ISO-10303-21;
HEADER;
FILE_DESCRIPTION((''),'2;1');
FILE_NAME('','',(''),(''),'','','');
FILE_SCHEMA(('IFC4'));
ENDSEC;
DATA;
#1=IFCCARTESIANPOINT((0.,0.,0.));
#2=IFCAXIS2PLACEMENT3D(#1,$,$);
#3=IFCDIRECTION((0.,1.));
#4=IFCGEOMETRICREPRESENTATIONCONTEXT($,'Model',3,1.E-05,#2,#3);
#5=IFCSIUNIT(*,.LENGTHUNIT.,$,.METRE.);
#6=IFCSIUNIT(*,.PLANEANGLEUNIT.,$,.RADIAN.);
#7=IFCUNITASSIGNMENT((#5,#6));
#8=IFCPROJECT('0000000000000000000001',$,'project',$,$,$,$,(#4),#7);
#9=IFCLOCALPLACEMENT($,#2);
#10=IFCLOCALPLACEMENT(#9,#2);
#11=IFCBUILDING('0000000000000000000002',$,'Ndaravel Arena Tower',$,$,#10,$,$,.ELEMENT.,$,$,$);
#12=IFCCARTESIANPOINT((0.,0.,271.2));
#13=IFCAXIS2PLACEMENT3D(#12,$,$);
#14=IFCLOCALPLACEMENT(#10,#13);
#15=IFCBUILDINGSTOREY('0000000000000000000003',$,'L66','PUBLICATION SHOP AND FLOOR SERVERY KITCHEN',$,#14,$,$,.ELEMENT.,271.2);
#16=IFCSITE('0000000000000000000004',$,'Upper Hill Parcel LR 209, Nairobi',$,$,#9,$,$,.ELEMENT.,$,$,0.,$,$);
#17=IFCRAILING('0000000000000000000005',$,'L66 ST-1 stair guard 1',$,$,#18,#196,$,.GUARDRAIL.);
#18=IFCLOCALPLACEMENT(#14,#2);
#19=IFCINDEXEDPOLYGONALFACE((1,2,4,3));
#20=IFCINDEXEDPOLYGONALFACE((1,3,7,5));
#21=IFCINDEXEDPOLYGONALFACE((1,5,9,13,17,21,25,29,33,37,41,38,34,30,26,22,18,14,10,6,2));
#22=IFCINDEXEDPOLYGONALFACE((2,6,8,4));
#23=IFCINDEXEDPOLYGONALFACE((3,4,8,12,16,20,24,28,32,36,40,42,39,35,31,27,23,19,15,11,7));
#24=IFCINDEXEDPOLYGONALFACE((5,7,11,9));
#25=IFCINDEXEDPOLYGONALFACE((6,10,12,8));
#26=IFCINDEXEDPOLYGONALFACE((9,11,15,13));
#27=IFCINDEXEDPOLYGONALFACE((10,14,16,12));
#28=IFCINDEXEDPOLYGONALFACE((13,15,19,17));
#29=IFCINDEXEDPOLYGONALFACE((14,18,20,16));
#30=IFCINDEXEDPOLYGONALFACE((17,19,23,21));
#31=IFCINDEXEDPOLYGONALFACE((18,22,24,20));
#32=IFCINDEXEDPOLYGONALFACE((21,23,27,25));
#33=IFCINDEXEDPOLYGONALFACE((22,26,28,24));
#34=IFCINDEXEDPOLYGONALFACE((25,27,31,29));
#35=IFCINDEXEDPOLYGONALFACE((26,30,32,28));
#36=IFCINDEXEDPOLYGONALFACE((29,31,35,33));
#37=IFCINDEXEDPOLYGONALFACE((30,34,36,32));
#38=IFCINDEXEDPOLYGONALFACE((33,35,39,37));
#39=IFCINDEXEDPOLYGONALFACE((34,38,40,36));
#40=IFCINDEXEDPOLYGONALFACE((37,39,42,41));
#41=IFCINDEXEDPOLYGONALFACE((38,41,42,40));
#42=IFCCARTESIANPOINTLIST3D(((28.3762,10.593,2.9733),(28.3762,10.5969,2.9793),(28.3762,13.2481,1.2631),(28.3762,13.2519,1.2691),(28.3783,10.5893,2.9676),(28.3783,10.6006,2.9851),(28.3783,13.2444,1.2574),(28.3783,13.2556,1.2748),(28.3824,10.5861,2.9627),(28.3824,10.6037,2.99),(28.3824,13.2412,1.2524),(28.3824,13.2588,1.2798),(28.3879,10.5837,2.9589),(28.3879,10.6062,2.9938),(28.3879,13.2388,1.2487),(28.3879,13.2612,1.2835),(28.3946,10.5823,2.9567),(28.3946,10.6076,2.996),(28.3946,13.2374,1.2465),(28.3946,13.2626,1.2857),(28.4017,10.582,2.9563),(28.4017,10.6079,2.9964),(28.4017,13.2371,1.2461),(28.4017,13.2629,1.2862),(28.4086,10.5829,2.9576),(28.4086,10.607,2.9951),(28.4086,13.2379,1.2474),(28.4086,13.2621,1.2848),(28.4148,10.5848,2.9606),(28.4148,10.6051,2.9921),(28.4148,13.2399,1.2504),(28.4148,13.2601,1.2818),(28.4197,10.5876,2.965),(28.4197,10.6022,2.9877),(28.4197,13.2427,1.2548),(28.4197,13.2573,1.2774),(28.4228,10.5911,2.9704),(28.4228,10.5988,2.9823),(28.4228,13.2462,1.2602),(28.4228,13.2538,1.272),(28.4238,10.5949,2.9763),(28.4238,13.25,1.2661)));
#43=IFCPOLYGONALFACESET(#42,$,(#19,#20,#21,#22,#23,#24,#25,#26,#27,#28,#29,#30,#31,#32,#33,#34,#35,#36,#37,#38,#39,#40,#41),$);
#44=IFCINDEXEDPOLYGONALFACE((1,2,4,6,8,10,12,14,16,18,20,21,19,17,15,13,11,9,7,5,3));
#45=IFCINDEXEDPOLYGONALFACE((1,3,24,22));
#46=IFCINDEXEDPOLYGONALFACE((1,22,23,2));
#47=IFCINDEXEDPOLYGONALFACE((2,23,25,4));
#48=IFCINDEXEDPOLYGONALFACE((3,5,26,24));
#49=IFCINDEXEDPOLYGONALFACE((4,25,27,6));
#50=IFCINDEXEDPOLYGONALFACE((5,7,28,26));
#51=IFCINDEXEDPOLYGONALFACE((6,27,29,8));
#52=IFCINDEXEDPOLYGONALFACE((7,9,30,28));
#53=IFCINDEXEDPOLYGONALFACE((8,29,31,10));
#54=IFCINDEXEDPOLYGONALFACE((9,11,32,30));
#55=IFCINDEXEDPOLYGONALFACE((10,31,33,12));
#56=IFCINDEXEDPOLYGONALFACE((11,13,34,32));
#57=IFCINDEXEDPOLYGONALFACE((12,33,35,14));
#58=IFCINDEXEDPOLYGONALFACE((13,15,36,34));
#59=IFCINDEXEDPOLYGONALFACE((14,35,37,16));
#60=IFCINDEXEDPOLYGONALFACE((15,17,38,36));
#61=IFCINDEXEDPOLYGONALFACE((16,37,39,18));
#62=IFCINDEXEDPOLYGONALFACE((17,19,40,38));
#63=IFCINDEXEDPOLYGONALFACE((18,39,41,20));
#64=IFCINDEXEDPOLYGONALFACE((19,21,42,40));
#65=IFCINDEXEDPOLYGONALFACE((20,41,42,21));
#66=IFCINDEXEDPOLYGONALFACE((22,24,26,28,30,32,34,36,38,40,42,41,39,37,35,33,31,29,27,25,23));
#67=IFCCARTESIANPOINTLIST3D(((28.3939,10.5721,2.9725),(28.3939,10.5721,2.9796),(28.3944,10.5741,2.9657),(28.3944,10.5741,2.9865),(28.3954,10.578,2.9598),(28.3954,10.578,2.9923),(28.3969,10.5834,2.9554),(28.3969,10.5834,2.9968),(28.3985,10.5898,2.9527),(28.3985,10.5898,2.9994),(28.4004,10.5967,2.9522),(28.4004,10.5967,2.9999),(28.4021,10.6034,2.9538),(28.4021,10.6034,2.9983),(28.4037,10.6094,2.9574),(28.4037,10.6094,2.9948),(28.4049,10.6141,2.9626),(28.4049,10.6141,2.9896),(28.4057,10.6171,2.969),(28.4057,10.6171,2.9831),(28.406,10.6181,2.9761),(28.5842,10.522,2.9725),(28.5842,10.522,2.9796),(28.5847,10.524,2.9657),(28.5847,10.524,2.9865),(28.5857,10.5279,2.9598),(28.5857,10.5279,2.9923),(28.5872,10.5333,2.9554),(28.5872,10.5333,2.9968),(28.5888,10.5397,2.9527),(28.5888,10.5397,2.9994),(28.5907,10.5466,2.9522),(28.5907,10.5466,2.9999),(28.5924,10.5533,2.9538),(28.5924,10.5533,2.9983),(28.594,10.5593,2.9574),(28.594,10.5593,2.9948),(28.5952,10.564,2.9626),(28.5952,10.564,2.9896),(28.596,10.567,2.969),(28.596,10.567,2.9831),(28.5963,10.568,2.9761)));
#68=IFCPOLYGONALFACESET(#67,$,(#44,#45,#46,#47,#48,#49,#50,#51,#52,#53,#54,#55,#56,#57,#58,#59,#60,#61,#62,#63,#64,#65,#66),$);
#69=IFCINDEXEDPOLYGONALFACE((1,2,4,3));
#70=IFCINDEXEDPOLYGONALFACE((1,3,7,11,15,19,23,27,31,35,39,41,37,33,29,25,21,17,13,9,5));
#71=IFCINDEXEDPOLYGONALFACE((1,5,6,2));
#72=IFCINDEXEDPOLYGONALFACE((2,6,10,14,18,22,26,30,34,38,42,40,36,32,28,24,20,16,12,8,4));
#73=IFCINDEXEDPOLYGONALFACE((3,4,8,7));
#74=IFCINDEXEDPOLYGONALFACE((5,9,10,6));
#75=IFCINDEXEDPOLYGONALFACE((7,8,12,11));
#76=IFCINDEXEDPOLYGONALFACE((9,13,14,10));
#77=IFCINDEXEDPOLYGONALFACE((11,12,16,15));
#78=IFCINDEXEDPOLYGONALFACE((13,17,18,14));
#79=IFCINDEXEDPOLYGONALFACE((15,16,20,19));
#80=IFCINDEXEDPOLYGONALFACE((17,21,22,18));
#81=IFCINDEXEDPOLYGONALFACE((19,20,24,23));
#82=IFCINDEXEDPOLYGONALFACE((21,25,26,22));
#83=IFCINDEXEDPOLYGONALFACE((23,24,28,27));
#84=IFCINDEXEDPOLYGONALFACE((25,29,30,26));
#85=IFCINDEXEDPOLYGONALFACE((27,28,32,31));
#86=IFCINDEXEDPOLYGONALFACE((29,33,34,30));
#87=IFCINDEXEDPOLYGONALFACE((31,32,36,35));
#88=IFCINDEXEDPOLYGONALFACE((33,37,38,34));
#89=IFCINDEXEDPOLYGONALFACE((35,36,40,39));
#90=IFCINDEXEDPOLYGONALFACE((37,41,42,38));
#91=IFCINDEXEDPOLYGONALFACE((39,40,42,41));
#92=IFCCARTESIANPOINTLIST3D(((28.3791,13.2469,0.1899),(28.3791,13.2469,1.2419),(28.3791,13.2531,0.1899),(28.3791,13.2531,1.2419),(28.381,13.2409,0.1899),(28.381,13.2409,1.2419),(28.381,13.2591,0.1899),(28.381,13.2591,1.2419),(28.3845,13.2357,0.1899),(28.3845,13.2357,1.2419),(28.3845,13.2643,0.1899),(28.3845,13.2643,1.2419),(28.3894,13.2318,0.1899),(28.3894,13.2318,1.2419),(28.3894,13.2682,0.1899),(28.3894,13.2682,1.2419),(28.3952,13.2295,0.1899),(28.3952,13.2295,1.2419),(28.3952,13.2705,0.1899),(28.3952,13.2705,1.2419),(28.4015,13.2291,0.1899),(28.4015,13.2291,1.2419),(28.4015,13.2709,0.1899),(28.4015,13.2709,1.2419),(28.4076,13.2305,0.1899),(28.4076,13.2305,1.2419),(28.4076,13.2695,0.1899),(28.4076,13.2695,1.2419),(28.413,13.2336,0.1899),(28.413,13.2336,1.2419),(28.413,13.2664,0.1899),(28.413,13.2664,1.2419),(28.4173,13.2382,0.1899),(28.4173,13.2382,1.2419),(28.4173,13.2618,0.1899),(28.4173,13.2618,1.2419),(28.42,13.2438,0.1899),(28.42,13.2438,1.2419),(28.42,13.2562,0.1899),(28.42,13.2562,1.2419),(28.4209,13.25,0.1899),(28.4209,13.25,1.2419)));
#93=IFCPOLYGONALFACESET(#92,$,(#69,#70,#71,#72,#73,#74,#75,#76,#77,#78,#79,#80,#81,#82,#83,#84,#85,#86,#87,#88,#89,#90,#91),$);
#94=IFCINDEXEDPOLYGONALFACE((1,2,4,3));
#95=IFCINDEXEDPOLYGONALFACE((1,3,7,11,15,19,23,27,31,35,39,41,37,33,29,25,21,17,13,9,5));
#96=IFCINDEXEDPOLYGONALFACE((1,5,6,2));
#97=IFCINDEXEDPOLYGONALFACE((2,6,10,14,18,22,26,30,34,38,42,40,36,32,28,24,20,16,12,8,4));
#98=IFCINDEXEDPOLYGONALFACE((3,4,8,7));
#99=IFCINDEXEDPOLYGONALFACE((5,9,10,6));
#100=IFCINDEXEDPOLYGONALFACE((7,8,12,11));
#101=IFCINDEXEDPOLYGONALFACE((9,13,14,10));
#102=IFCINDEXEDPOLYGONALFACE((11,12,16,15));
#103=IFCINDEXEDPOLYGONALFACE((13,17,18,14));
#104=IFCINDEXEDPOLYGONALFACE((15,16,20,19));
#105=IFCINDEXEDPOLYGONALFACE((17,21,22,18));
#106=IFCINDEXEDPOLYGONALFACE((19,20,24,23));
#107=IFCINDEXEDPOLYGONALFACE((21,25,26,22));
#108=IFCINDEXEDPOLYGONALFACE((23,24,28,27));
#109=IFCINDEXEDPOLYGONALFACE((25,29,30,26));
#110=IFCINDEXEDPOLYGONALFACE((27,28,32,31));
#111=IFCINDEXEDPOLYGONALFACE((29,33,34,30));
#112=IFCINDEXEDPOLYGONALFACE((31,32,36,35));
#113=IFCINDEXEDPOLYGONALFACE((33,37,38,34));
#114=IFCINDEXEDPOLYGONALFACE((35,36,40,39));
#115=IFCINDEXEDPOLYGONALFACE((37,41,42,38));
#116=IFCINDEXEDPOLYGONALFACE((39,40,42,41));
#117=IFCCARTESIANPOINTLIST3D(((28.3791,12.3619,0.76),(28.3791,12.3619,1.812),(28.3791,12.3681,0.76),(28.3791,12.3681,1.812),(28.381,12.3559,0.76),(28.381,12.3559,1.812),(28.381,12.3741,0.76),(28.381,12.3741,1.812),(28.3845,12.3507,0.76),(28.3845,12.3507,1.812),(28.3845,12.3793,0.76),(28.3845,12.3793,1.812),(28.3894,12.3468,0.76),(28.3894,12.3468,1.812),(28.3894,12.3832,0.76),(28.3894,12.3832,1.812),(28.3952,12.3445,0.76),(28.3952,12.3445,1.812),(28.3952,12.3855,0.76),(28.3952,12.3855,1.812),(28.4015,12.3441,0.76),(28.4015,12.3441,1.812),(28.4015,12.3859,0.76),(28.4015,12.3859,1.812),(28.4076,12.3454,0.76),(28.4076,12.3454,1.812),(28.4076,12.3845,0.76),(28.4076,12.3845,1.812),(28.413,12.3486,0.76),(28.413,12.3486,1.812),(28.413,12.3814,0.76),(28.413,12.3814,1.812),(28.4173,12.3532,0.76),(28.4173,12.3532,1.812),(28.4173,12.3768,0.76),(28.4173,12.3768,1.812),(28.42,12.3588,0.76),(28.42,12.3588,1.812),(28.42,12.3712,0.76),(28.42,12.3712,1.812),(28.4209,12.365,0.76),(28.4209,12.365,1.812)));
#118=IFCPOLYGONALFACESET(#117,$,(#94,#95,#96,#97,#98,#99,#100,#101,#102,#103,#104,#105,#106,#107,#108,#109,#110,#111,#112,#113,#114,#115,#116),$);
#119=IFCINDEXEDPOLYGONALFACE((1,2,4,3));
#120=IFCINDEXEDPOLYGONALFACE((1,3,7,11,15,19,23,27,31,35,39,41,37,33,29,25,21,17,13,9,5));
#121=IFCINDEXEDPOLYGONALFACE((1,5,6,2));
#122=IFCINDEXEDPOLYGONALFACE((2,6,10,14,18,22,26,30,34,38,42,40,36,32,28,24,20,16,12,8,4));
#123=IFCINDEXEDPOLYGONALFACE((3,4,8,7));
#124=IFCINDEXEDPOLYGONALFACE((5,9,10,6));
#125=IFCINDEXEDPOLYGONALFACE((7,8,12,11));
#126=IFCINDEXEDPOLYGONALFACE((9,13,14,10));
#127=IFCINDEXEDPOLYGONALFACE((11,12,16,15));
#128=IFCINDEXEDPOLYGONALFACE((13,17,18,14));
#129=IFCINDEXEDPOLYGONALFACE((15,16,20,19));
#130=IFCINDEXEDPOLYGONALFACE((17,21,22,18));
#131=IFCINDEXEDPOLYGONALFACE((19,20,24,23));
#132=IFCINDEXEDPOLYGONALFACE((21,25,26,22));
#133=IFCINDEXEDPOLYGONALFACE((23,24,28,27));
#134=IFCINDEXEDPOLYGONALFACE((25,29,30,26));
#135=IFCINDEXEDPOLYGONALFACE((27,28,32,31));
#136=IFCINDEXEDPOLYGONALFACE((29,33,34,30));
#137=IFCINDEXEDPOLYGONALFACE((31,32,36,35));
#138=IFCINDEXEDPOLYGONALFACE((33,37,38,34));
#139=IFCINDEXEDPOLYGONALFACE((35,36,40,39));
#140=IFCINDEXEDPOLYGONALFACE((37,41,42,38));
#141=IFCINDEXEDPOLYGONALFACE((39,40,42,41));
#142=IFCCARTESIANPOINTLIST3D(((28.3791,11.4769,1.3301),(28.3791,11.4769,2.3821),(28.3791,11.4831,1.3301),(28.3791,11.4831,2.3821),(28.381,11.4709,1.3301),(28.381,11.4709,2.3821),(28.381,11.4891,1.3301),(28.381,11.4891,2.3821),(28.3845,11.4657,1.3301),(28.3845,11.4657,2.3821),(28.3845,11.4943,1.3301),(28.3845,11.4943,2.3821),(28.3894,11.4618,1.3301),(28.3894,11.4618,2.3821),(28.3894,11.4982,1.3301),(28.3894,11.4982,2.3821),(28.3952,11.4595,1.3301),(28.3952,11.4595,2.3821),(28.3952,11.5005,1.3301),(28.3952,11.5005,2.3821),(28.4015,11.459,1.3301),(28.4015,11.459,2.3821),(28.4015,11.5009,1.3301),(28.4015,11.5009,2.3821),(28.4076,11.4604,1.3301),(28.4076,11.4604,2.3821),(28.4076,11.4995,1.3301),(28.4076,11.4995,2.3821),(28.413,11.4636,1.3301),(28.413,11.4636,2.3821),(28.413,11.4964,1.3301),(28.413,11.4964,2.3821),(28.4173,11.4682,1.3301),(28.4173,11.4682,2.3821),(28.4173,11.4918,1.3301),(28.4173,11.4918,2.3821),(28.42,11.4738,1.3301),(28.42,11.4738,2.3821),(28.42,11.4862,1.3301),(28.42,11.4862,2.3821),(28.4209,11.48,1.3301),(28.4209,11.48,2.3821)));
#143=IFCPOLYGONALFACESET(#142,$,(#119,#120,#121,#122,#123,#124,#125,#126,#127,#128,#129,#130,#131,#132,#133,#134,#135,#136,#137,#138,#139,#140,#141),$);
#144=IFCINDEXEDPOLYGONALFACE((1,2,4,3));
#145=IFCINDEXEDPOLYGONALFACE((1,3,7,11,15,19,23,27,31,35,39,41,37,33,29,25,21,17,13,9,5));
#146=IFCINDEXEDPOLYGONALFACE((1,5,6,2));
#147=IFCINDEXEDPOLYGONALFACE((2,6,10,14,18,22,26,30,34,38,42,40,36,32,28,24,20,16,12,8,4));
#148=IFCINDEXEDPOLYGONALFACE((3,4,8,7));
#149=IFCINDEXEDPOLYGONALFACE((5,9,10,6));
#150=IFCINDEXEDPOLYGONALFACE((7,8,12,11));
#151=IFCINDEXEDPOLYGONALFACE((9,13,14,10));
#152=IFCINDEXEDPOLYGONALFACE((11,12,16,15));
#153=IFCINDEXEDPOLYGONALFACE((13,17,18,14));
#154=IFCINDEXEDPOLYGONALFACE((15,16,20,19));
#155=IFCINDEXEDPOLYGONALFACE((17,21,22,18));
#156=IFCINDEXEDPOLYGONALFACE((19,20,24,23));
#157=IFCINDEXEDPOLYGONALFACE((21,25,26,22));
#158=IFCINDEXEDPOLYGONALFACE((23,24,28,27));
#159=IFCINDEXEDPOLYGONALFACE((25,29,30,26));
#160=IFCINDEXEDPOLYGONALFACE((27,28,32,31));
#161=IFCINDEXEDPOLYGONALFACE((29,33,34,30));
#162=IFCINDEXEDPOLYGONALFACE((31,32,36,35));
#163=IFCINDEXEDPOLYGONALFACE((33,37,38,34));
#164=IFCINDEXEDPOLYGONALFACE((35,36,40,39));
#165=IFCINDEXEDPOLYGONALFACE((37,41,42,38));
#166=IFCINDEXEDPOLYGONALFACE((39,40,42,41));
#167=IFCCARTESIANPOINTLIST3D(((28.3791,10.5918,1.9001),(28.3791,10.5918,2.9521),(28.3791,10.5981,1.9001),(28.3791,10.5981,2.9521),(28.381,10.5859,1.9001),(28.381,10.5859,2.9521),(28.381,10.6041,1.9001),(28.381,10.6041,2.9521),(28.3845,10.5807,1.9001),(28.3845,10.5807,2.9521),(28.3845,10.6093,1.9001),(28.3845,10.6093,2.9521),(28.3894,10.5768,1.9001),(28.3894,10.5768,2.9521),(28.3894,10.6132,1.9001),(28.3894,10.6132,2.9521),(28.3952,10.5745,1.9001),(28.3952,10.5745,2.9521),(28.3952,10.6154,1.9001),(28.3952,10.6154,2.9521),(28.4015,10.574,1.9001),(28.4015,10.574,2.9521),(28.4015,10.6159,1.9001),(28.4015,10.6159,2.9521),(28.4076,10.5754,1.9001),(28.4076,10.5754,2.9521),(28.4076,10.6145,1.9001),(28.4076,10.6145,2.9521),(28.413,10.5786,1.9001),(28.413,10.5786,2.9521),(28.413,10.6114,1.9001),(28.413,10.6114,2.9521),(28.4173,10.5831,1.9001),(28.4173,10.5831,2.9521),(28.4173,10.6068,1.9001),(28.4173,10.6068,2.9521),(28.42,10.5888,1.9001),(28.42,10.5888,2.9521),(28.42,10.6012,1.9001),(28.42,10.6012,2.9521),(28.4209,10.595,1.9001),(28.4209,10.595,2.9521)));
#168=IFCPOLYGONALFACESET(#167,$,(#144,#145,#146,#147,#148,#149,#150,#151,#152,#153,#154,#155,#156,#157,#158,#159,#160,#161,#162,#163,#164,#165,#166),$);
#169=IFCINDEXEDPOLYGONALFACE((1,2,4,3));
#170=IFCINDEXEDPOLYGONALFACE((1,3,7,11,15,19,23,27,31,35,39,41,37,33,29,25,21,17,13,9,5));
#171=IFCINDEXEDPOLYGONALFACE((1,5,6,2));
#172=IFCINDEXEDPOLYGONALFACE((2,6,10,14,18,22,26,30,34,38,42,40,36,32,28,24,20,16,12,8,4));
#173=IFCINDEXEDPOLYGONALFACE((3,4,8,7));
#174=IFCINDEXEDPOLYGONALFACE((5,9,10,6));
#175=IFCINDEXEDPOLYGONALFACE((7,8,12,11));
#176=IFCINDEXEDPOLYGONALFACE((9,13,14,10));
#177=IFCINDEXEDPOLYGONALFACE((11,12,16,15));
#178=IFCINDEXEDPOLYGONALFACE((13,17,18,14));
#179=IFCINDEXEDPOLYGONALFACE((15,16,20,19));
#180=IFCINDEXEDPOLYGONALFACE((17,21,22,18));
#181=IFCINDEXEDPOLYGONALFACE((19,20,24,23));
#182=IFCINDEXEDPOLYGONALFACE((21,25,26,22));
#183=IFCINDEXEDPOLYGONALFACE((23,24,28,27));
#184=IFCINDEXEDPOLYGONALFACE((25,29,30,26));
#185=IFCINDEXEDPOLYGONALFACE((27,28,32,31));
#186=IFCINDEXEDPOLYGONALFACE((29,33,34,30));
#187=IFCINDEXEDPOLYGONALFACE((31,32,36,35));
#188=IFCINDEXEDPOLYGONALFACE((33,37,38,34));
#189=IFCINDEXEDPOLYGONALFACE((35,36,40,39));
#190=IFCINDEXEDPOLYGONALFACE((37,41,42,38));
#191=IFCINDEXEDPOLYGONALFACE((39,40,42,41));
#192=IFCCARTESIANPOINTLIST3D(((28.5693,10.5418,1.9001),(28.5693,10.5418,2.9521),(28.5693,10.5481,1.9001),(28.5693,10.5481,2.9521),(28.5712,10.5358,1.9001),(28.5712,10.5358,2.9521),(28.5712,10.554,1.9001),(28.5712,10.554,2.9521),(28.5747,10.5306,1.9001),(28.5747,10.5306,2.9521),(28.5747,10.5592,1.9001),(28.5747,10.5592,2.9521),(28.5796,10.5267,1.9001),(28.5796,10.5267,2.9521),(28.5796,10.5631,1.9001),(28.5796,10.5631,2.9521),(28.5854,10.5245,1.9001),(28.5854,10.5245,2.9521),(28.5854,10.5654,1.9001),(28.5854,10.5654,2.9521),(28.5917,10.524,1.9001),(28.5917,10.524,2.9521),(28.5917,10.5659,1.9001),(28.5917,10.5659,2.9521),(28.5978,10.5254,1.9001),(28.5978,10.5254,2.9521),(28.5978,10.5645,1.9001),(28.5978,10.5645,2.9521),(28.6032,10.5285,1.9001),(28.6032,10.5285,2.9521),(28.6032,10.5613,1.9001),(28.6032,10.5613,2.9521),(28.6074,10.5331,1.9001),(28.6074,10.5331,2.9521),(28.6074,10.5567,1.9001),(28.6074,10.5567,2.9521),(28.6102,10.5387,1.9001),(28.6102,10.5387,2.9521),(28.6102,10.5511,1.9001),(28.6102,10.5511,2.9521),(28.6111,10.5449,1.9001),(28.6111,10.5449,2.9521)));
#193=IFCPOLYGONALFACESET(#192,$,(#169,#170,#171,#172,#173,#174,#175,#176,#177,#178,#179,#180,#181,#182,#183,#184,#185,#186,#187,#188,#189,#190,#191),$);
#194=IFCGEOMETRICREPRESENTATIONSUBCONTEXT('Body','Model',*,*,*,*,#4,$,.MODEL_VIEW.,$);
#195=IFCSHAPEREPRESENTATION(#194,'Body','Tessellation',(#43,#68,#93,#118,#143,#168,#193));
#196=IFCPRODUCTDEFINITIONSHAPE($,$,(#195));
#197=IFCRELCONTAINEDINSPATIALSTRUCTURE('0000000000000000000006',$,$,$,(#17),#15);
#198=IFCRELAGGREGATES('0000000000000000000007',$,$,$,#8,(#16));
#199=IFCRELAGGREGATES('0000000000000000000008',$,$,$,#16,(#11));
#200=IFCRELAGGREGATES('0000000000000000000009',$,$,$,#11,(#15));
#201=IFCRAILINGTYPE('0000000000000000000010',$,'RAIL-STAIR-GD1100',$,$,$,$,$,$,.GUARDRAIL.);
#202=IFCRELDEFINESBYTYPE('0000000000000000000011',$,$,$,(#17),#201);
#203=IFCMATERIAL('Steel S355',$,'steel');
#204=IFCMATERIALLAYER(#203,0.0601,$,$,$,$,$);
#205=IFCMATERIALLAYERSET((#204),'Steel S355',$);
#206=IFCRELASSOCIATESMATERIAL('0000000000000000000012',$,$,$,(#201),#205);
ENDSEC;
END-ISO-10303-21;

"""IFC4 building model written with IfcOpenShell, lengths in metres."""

from ifc_helpers import new_model, si_unit, direction, frame, origin, origin_2d, place, context, subcontext, project, spatial, circle, extrude, material, layer, layer_set, type_object, element, save


model = new_model("IFC4")

# Units and contexts
model_context = context("Model", 3, precision=1e-05, world=origin(), true_north=direction((0.0, 1.0)))
body_context = subcontext(model_context, "Body", "Model", "MODEL_VIEW")
ifc_project = project(units=[si_unit("LENGTHUNIT", "METRE"), si_unit("PLANEANGLEUNIT", "RADIAN")], contexts=[model_context])

# Site, building, storey
site_placement = place(None, origin())
site = spatial("IfcSite", under=ifc_project, at=site_placement, Name="Upper Hill Parcel LR 209, Nairobi", CompositionType="ELEMENT", RefElevation=0.0)
building_placement = place(site_placement, origin())
building = spatial("IfcBuilding", under=site, at=building_placement, Name="Ndaravel Arena Tower", CompositionType="ELEMENT")
storey_placement = place(building_placement, frame((0.0, 0.0, 271.2)))
storey = spatial("IfcBuildingStorey", under=building, at=storey_placement, Name="L66", Description="PUBLICATION SHOP AND FLOOR SERVERY KITCHEN", CompositionType="ELEMENT", Elevation=271.2)

# Railing
ifc_material_1 = material(Name="Steel S355", Category="steel")
ifc_layer_1 = layer(ifc_material_1, 0.0601)
ifc_layer_set_1 = layer_set([ifc_layer_1], Name="Steel S355")
railing_type_1 = type_object("IfcRailingType", Name="RAIL-STAIR-GD1100", PredefinedType="GUARDRAIL", material=ifc_layer_set_1)
railing_1_placement = place(storey_placement, frame((28.3999, 13.25, 0.1899)))
element("IfcRailing", 1, at=railing_1_placement, inside=storey, type_object=railing_type_1, Name="L66 ST-1 stair guard 1", PredefinedType="GUARDRAIL", context=body_context, shape_type="SweptSolid", body=[
    extrude(circle(Radius=0.0239, at=origin_2d()), frame((0.0, 0.0, 1.0762), z_axis=(0.0, -0.840688, 0.541519), x_axis=(1.0, 0.0, 0.0)), (0.0, 0.0, 1.0), 3.1582),
    extrude(circle(Radius=0.0239, at=origin_2d()), frame((0.0, -2.655, 2.7861), z_axis=(0.967075, -0.254493, 0.0), x_axis=(0.254493, 0.967075, 0.0)), (0.0, 0.0, 1.0), 0.1968),
    extrude(circle(Radius=0.021, at=origin_2d()), origin(), (0.0, 0.0, 1.0), 1.052),
    extrude(circle(Radius=0.021, at=origin_2d()), frame((0.0, -0.885, 0.5701)), (0.0, 0.0, 1.0), 1.052),
    extrude(circle(Radius=0.021, at=origin_2d()), frame((0.0, -1.77, 1.1401)), (0.0, 0.0, 1.0), 1.052),
    extrude(circle(Radius=0.021, at=origin_2d()), frame((0.0, -2.655, 1.7102)), (0.0, 0.0, 1.0), 1.052),
    extrude(circle(Radius=0.021, at=origin_2d()), frame((0.1902, -2.7051, 1.7102)), (0.0, 0.0, 1.0), 1.052),
])

save(model, "model.ifc")
